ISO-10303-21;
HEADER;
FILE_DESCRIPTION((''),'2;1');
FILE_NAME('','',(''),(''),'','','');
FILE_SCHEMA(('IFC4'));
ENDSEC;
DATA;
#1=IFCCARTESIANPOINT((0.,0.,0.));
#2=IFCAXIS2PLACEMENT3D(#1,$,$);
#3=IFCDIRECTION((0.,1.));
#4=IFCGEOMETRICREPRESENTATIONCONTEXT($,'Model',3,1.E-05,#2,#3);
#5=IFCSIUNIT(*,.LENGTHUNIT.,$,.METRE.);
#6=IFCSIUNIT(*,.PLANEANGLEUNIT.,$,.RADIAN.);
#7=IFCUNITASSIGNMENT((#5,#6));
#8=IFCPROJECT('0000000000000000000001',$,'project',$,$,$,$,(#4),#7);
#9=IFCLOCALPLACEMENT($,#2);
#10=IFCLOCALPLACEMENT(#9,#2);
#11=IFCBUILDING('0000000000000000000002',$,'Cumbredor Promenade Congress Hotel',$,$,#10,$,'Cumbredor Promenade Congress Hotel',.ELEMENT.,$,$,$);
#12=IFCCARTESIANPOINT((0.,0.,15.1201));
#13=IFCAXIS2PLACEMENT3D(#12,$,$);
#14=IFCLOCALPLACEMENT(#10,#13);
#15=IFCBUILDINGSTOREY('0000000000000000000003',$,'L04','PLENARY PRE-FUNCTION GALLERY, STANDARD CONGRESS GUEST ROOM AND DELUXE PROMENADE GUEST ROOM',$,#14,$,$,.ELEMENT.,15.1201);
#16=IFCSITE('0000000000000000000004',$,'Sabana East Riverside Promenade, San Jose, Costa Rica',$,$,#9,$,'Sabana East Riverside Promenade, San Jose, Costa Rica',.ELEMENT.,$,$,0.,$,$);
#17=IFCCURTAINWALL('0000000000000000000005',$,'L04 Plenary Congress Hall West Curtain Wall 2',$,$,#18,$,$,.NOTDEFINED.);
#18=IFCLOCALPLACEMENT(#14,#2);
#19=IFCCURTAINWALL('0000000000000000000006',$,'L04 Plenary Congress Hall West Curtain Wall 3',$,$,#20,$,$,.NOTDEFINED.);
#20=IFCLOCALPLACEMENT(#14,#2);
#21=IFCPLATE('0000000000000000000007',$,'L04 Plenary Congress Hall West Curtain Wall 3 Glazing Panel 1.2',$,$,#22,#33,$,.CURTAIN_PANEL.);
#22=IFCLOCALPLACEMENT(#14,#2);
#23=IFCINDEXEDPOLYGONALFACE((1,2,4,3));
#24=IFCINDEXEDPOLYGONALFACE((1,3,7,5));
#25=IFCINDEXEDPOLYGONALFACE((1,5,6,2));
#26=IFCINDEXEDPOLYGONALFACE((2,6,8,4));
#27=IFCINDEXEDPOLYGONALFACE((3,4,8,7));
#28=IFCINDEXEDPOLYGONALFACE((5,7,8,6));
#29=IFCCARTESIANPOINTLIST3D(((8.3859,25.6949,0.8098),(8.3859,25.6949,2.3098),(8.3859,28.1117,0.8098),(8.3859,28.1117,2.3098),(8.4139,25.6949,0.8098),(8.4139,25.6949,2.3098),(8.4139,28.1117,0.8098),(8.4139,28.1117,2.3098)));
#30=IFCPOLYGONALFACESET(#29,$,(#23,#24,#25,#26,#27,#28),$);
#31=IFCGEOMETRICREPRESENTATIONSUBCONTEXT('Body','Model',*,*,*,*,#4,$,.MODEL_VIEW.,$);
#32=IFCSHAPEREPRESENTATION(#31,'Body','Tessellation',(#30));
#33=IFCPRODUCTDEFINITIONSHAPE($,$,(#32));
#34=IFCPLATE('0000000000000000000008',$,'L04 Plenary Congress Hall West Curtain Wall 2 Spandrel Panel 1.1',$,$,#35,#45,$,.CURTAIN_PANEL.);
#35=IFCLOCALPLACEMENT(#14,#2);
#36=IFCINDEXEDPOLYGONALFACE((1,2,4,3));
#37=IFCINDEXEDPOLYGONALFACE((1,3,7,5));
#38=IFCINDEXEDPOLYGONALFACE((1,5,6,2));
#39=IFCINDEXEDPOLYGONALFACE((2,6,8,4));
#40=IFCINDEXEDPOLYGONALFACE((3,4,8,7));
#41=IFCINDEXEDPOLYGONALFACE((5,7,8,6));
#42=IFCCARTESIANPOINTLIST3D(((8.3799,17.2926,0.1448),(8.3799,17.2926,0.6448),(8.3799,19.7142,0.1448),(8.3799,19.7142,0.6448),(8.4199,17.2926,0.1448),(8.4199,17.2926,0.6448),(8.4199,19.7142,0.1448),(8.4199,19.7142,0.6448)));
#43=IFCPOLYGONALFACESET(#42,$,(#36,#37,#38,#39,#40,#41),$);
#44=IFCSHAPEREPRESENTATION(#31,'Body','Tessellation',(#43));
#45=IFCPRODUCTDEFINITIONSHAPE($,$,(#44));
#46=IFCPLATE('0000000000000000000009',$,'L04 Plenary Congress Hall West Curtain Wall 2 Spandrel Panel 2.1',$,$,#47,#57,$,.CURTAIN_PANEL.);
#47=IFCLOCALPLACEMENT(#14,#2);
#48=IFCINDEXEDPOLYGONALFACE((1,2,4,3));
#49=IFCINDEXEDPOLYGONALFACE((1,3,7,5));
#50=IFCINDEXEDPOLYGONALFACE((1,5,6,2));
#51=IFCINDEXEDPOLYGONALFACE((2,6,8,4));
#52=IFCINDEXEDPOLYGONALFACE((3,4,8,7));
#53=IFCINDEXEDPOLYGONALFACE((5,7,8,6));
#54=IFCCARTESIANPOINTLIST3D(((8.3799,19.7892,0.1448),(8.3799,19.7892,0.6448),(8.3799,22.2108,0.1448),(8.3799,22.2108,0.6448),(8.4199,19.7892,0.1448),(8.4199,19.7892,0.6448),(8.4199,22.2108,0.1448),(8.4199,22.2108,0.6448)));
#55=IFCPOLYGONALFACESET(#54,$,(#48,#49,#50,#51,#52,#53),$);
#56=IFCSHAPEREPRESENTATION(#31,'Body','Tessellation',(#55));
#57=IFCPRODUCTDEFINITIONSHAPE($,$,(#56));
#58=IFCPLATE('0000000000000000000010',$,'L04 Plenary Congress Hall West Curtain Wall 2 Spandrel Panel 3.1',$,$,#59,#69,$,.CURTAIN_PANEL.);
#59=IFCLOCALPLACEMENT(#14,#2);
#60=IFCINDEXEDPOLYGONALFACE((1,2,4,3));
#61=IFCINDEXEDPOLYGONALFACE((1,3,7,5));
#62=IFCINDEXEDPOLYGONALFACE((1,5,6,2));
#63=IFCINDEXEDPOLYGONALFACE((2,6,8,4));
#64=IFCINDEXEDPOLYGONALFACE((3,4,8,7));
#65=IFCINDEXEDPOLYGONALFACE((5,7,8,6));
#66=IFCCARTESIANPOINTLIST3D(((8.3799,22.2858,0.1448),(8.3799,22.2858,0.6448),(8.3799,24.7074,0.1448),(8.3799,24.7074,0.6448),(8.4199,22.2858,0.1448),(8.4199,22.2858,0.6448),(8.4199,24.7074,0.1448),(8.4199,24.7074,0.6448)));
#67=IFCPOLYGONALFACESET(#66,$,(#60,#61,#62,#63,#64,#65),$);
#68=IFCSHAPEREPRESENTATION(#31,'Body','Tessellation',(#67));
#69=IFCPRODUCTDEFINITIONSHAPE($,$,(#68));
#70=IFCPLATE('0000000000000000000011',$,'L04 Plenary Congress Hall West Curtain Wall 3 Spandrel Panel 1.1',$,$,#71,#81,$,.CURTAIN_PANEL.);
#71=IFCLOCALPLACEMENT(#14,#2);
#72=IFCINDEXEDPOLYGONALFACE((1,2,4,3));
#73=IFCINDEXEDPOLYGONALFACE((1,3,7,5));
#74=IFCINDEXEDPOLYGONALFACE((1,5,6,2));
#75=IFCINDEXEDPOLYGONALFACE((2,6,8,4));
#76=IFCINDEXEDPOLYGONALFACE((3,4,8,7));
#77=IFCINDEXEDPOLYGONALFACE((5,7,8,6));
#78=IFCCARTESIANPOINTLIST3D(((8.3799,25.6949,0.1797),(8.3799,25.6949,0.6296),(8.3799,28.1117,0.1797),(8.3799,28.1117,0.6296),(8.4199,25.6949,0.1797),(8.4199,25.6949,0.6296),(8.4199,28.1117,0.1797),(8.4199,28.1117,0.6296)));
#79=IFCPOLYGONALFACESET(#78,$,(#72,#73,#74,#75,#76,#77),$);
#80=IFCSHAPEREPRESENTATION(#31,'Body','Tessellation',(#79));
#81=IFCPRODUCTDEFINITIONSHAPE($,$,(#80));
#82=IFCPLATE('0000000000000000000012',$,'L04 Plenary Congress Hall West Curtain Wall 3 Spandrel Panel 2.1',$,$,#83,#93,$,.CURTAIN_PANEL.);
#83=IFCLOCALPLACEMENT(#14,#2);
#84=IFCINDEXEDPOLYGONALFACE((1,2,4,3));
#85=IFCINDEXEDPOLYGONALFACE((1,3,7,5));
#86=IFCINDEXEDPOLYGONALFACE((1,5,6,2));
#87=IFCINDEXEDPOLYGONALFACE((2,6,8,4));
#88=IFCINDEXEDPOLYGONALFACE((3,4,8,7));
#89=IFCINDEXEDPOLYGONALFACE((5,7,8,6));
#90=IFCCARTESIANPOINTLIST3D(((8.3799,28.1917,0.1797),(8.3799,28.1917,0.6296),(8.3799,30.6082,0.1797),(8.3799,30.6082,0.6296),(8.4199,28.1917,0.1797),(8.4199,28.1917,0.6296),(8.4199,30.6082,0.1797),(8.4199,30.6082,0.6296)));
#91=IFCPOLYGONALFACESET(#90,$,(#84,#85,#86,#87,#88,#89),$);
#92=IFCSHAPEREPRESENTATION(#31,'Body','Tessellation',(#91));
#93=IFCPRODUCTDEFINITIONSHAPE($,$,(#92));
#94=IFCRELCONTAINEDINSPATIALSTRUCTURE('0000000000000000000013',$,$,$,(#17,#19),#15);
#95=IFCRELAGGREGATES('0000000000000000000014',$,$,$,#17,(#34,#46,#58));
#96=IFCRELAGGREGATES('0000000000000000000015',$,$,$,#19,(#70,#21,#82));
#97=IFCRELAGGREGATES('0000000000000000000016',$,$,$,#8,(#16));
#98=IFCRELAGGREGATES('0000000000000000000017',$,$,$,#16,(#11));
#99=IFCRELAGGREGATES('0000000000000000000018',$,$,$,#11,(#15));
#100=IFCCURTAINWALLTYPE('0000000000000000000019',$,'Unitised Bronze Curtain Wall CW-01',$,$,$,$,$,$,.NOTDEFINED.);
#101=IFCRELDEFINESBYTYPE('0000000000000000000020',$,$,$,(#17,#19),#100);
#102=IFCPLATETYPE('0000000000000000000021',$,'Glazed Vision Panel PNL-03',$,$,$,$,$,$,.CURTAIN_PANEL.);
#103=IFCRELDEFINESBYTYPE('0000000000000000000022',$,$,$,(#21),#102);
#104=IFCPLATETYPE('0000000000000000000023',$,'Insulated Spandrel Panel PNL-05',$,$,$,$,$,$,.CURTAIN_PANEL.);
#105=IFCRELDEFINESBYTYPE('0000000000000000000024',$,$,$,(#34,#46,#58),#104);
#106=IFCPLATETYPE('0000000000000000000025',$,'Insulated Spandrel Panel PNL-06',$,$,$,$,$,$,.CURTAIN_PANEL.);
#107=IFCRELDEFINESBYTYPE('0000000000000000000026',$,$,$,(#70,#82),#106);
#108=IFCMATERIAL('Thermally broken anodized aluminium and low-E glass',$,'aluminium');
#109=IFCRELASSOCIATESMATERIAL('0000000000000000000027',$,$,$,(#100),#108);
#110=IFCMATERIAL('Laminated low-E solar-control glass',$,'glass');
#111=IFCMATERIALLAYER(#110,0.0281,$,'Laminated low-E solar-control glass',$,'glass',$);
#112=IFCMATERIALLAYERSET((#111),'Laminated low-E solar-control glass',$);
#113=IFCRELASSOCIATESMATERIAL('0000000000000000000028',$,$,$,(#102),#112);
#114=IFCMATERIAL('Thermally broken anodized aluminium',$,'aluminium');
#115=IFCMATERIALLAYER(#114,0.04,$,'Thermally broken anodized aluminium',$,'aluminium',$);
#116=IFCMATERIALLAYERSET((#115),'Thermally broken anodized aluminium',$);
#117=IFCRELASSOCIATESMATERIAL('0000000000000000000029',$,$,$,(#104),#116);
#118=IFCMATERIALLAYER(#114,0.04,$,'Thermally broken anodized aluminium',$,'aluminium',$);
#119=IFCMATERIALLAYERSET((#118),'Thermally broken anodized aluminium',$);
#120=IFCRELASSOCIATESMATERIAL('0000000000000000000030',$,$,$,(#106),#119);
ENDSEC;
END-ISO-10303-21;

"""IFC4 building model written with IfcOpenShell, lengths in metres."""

from ifc_helpers import new_model, si_unit, direction, frame, origin, origin_2d, place, context, subcontext, project, spatial, rectangle, extrude, material, layer, layer_set, type_object, element, aggregate, save


model = new_model("IFC4")

# Units and contexts
model_context = context("Model", 3, precision=1e-05, world=origin(), true_north=direction((0.0, 1.0)))
body_context = subcontext(model_context, "Body", "Model", "MODEL_VIEW")
ifc_project = project(units=[si_unit("LENGTHUNIT", "METRE"), si_unit("PLANEANGLEUNIT", "RADIAN")], contexts=[model_context])

# Site, building, storey
site_placement = place(None, origin())
site = spatial("IfcSite", under=ifc_project, at=site_placement, Name="Sabana East Riverside Promenade, San Jose, Costa Rica", LongName="Sabana East Riverside Promenade, San Jose, Costa Rica", CompositionType="ELEMENT", RefElevation=0.0)
building_placement = place(site_placement, origin())
building = spatial("IfcBuilding", under=site, at=building_placement, Name="Cumbredor Promenade Congress Hotel", LongName="Cumbredor Promenade Congress Hotel", CompositionType="ELEMENT")
storey_placement = place(building_placement, frame((0.0, 0.0, 15.1201)))
storey = spatial("IfcBuildingStorey", under=building, at=storey_placement, Name="L04", Description="PLENARY PRE-FUNCTION GALLERY, STANDARD CONGRESS GUEST ROOM AND DELUXE PROMENADE GUEST ROOM", CompositionType="ELEMENT", Elevation=15.1201)

# Curtain walls
ifc_material_1 = material(Name="Thermally broken anodized aluminium and low-E glass", Category="aluminium")
curtain_wall_type = type_object("IfcCurtainWallType", Name="Unitised Bronze Curtain Wall CW-01", PredefinedType="NOTDEFINED", material=ifc_material_1)
curtain_wall_1_placement = place(storey_placement, origin())
curtain_wall_1 = element("IfcCurtainWall", 1, at=curtain_wall_1_placement, inside=storey, type_object=curtain_wall_type, Name="L04 Plenary Congress Hall West Curtain Wall 2", PredefinedType="NOTDEFINED")
ifc_material_2 = material(Name="Thermally broken anodized aluminium", Category="aluminium")
curtain_wall_2_placement = place(storey_placement, origin())
curtain_wall_2 = element("IfcCurtainWall", 2, at=curtain_wall_2_placement, inside=storey, type_object=curtain_wall_type, Name="L04 Plenary Congress Hall West Curtain Wall 3", PredefinedType="NOTDEFINED")

# Plates
ifc_material_3 = material(Name="Laminated low-E solar-control glass", Category="glass")
ifc_layer_1 = layer(ifc_material_3, 0.0281, Name="Laminated low-E solar-control glass", Category="glass")
ifc_layer_set_1 = layer_set([ifc_layer_1], Name="Laminated low-E solar-control glass")
plate_type_1 = type_object("IfcPlateType", Name="Glazed Vision Panel PNL-03", PredefinedType="CURTAIN_PANEL", material=ifc_layer_set_1)
plate_1_placement = place(storey_placement, frame((8.3999, 26.9033, 0.8098), z_axis=(0.0, 0.0, 1.0), x_axis=(0.0, 1.0, 0.0)))
plate_1 = element("IfcPlate", 3, at=plate_1_placement, type_object=plate_type_1, Name="L04 Plenary Congress Hall West Curtain Wall 3 Glazing Panel 1.2", PredefinedType="CURTAIN_PANEL", context=body_context, shape_type="SweptSolid", body=[
    extrude(rectangle(XDim=2.4167, YDim=0.0281, at=origin_2d()), origin(), (0.0, 0.0, 1.0), 1.5),
])
ifc_layer_2 = layer(ifc_material_2, 0.04, Name="Thermally broken anodized aluminium", Category="aluminium")
ifc_layer_set_2 = layer_set([ifc_layer_2], Name="Thermally broken anodized aluminium")
plate_type_2 = type_object("IfcPlateType", Name="Insulated Spandrel Panel PNL-05", PredefinedType="CURTAIN_PANEL", material=ifc_layer_set_2)
plate_2_placement = place(storey_placement, frame((8.3999, 18.5034, 0.1448), z_axis=(0.0, 0.0, 1.0), x_axis=(0.0, 1.0, 0.0)))
plate_2 = element("IfcPlate", 4, at=plate_2_placement, type_object=plate_type_2, Name="L04 Plenary Congress Hall West Curtain Wall 2 Spandrel Panel 1.1", PredefinedType="CURTAIN_PANEL", context=body_context, shape_type="SweptSolid", body=[
    extrude(rectangle(XDim=2.4216, YDim=0.04, at=origin_2d()), origin(), (0.0, 0.0, 1.0), 0.5),
])
plate_3_placement = place(storey_placement, frame((8.3999, 21.0, 0.1448), z_axis=(0.0, 0.0, 1.0), x_axis=(0.0, 1.0, 0.0)))
plate_3 = element("IfcPlate", 5, at=plate_3_placement, type_object=plate_type_2, Name="L04 Plenary Congress Hall West Curtain Wall 2 Spandrel Panel 2.1", PredefinedType="CURTAIN_PANEL", context=body_context, shape_type="SweptSolid", body=[
    extrude(rectangle(XDim=2.4216, YDim=0.04, at=origin_2d()), origin(), (0.0, 0.0, 1.0), 0.5),
])
plate_4_placement = place(storey_placement, frame((8.3999, 23.4966, 0.1448), z_axis=(0.0, 0.0, 1.0), x_axis=(0.0, 1.0, 0.0)))
plate_4 = element("IfcPlate", 6, at=plate_4_placement, type_object=plate_type_2, Name="L04 Plenary Congress Hall West Curtain Wall 2 Spandrel Panel 3.1", PredefinedType="CURTAIN_PANEL", context=body_context, shape_type="SweptSolid", body=[
    extrude(rectangle(XDim=2.4216, YDim=0.04, at=origin_2d()), origin(), (0.0, 0.0, 1.0), 0.5),
])
aggregate(curtain_wall_1, [plate_2, plate_3, plate_4])
ifc_layer_3 = layer(ifc_material_2, 0.04, Name="Thermally broken anodized aluminium", Category="aluminium")
ifc_layer_set_3 = layer_set([ifc_layer_3], Name="Thermally broken anodized aluminium")
plate_type_3 = type_object("IfcPlateType", Name="Insulated Spandrel Panel PNL-06", PredefinedType="CURTAIN_PANEL", material=ifc_layer_set_3)
plate_5_placement = place(storey_placement, frame((8.3999, 26.9033, 0.1797), z_axis=(0.0, 0.0, 1.0), x_axis=(0.0, 1.0, 0.0)))
plate_5 = element("IfcPlate", 7, at=plate_5_placement, type_object=plate_type_3, Name="L04 Plenary Congress Hall West Curtain Wall 3 Spandrel Panel 1.1", PredefinedType="CURTAIN_PANEL", context=body_context, shape_type="SweptSolid", body=[
    extrude(rectangle(XDim=2.4167, YDim=0.04, at=origin_2d()), origin(), (0.0, 0.0, 1.0), 0.45),
])
plate_6_placement = place(storey_placement, frame((8.3999, 29.3999, 0.1797), z_axis=(0.0, 0.0, 1.0), x_axis=(0.0, 1.0, 0.0)))
plate_6 = element("IfcPlate", 8, at=plate_6_placement, type_object=plate_type_3, Name="L04 Plenary Congress Hall West Curtain Wall 3 Spandrel Panel 2.1", PredefinedType="CURTAIN_PANEL", context=body_context, shape_type="SweptSolid", body=[
    extrude(rectangle(XDim=2.4165, YDim=0.04, at=origin_2d()), origin(), (0.0, 0.0, 1.0), 0.45),
])
aggregate(curtain_wall_2, [plate_5, plate_1, plate_6])

save(model, "model.ifc")
